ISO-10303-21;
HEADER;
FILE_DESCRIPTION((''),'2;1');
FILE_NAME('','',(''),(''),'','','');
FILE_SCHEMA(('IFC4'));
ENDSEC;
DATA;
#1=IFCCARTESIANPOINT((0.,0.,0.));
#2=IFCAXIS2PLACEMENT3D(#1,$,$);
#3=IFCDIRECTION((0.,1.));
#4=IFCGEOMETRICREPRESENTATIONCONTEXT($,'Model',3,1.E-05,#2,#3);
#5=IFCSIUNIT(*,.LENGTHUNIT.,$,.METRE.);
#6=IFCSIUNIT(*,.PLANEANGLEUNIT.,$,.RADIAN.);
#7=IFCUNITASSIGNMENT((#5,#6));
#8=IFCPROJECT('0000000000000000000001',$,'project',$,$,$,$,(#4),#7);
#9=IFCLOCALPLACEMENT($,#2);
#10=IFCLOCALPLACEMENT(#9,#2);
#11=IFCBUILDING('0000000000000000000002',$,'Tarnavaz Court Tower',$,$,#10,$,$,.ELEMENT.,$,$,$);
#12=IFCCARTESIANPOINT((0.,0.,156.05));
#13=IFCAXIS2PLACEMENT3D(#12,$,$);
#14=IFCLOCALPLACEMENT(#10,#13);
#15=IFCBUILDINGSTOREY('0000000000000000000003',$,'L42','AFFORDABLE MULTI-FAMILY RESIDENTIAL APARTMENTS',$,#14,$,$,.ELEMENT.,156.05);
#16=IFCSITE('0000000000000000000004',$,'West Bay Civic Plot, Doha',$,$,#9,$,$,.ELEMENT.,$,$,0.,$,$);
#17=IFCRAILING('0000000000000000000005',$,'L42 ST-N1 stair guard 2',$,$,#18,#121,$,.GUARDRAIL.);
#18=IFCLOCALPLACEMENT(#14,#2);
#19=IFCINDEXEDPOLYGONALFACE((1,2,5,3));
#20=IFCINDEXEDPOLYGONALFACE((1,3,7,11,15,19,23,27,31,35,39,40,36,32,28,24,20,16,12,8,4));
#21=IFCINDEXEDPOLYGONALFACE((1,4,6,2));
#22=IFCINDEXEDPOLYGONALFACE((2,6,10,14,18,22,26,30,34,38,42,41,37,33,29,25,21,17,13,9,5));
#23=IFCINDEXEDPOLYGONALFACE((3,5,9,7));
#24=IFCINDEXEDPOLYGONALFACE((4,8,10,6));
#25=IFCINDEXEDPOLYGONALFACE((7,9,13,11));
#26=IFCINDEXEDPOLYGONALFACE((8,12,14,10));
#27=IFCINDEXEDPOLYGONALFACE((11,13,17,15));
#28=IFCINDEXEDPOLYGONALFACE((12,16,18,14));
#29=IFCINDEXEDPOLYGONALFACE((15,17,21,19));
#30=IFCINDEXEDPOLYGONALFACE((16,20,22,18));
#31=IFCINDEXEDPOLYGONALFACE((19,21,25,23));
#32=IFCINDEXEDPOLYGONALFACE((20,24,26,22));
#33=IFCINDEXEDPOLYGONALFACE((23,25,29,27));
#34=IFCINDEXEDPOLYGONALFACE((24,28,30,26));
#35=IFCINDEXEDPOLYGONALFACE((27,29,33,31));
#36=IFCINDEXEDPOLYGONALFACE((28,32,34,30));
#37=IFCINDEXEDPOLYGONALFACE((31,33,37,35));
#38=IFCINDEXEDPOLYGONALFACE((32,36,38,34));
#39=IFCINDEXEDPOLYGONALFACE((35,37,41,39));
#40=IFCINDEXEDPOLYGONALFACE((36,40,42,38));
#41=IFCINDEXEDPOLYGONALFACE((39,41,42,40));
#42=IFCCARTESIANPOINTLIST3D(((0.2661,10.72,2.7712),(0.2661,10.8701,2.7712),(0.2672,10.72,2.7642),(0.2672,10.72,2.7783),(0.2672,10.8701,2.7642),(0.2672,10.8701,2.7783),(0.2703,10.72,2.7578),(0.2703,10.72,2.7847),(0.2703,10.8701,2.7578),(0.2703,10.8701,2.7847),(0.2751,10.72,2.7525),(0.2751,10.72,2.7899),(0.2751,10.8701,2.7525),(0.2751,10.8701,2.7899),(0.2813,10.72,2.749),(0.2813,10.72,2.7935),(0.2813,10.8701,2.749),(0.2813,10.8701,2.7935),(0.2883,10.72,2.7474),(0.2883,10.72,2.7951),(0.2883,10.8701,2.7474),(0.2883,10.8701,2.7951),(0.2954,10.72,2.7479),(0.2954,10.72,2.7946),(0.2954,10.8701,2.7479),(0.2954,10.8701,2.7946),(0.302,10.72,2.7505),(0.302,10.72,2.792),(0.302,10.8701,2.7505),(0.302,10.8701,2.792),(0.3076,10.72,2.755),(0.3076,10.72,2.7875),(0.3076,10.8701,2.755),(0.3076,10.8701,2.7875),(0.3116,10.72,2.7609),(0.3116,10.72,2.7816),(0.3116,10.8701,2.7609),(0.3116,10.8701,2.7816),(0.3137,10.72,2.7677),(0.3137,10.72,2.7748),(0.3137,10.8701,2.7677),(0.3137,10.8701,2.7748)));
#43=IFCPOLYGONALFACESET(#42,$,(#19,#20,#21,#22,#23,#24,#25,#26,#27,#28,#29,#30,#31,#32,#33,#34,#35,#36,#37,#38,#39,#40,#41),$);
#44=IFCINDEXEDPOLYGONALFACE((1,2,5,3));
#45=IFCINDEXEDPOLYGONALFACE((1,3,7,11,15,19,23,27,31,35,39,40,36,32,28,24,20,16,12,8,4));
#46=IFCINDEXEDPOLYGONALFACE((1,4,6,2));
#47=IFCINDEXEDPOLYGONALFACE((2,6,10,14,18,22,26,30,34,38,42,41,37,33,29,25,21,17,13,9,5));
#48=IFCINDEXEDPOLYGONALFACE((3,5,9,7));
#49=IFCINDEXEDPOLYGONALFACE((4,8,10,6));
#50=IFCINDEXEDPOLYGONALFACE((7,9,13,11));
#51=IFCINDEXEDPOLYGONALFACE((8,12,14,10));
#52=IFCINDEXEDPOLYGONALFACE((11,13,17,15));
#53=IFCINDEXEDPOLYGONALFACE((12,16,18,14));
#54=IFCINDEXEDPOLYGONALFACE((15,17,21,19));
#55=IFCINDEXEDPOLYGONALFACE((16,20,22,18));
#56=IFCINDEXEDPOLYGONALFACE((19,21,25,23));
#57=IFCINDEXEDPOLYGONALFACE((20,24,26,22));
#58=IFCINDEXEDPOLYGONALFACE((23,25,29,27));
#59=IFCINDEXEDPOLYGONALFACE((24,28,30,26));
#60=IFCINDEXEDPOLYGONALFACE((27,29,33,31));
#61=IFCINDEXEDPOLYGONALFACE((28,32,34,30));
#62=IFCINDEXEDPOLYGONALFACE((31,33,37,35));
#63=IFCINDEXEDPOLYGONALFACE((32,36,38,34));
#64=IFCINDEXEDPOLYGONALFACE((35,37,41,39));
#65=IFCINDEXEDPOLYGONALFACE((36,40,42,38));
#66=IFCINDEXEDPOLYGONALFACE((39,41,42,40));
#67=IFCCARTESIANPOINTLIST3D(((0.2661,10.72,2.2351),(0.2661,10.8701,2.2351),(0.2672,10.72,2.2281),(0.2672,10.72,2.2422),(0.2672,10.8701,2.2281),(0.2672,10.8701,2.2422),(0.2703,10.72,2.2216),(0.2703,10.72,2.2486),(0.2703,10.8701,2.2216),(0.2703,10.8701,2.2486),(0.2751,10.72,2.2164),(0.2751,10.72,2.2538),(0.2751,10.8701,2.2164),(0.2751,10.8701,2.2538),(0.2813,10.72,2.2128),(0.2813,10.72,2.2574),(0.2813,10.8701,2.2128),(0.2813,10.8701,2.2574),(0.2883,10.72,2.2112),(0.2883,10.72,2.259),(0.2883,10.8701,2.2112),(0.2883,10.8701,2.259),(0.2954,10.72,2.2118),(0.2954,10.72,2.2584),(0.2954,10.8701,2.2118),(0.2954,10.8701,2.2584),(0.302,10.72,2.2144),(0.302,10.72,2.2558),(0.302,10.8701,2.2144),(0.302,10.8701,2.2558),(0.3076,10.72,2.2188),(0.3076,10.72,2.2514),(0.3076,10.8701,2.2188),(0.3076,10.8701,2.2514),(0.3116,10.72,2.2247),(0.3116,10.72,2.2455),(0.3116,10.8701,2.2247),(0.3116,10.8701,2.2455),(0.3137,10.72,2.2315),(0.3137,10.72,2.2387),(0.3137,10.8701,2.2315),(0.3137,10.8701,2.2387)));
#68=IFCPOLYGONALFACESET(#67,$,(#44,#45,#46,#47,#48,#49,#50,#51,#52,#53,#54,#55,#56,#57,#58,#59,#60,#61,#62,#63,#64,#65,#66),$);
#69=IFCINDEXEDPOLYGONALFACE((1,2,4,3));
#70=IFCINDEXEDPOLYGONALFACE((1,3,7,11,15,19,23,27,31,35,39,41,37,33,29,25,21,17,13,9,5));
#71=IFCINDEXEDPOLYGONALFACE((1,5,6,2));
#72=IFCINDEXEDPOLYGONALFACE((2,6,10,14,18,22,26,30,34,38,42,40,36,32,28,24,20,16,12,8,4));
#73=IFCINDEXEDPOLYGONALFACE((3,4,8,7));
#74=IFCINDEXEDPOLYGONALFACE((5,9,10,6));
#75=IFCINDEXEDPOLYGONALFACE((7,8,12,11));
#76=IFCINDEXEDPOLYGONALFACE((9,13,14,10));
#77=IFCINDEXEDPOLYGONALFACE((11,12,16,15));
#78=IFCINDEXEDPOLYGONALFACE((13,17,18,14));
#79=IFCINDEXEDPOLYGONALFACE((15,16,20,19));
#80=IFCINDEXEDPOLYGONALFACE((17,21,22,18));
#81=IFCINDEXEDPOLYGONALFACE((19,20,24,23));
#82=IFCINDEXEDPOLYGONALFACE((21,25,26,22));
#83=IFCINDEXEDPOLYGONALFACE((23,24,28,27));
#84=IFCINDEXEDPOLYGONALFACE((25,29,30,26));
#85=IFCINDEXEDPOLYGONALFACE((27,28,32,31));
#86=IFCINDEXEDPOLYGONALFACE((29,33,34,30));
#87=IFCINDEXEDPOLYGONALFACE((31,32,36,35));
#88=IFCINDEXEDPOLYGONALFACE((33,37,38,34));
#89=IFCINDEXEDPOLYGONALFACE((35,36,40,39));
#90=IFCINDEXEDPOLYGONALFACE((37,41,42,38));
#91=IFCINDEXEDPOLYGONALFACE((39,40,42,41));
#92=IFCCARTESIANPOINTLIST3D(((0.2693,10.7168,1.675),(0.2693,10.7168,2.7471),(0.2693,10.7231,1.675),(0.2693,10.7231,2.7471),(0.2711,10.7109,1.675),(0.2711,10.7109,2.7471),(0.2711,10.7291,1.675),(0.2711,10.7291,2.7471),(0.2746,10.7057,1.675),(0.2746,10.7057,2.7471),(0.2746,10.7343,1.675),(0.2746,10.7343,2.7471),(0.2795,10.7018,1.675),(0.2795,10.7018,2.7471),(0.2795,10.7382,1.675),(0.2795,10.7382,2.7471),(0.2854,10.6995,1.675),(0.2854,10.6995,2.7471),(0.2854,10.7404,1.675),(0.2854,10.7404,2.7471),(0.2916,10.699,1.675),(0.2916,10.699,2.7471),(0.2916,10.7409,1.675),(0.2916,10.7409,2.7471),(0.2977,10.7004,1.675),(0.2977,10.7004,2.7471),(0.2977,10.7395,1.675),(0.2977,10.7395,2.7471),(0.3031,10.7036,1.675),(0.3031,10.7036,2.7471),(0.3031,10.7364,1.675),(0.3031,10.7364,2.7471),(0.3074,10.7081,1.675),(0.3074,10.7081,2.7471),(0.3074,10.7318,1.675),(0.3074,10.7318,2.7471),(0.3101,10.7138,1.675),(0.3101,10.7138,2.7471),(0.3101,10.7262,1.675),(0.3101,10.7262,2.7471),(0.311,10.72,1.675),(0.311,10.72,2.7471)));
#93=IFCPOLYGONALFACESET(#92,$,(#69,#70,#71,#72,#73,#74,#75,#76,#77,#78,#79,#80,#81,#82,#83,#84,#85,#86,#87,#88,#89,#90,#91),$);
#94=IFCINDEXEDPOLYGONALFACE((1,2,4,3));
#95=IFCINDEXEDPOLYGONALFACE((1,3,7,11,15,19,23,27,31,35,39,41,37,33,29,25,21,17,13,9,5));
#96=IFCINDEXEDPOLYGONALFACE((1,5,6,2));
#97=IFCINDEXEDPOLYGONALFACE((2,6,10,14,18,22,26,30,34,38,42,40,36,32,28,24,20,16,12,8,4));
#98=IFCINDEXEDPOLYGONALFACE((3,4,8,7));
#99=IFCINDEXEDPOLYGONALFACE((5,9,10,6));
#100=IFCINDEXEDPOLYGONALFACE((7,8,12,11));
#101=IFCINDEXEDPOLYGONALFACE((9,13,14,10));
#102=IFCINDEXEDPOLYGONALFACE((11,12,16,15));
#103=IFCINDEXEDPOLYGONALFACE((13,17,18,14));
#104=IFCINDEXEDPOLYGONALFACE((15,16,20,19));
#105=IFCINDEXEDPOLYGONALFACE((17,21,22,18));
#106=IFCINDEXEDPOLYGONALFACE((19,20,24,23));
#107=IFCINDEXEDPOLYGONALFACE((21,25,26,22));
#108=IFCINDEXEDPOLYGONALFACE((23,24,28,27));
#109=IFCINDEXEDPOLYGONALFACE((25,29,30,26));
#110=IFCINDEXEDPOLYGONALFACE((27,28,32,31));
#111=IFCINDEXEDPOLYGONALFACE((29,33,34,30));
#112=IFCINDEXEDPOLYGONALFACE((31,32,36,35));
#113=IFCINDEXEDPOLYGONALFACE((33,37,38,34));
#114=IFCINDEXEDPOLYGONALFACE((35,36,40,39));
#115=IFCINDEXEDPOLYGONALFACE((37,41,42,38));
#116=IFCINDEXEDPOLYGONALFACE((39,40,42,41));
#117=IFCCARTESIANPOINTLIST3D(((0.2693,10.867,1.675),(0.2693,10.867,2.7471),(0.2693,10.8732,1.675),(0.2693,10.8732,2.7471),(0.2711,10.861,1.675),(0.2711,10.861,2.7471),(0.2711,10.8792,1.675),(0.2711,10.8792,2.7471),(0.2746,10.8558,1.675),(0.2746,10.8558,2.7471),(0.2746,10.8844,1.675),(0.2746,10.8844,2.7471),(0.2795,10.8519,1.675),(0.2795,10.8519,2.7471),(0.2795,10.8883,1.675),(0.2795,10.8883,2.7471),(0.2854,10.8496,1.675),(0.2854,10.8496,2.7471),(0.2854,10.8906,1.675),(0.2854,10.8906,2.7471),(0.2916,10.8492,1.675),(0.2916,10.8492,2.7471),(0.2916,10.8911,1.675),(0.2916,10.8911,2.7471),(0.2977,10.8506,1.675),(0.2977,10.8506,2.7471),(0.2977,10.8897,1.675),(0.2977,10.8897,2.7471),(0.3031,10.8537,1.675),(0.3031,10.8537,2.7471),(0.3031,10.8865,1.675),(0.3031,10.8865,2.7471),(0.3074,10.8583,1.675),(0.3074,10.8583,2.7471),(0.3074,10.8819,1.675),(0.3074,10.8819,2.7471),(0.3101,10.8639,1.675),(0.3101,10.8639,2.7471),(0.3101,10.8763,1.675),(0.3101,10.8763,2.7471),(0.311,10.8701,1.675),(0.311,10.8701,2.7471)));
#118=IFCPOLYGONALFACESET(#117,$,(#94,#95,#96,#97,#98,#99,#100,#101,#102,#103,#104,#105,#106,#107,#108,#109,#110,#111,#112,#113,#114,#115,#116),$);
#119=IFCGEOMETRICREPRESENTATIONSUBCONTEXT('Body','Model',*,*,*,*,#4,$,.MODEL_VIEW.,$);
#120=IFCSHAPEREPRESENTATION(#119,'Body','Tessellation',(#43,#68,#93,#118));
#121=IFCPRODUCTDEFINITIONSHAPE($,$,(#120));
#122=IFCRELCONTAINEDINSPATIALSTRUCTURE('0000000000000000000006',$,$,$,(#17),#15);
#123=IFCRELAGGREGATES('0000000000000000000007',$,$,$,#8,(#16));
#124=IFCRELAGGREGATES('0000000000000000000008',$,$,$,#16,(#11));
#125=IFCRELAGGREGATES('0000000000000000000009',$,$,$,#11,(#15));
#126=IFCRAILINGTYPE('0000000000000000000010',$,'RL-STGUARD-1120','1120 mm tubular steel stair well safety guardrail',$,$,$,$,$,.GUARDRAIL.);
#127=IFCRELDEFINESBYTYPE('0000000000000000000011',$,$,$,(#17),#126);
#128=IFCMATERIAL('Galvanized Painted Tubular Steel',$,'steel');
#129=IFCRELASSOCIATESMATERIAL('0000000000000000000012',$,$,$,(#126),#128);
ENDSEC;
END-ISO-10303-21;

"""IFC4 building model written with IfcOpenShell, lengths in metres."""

from ifc_helpers import new_model, si_unit, direction, frame, origin, origin_2d, place, context, subcontext, project, spatial, circle, extrude, material, type_object, element, save


model = new_model("IFC4")

# Units and contexts
model_context = context("Model", 3, precision=1e-05, world=origin(), true_north=direction((0.0, 1.0)))
body_context = subcontext(model_context, "Body", "Model", "MODEL_VIEW")
ifc_project = project(units=[si_unit("LENGTHUNIT", "METRE"), si_unit("PLANEANGLEUNIT", "RADIAN")], contexts=[model_context])

# Site, building, storey
site_placement = place(None, origin())
site = spatial("IfcSite", under=ifc_project, at=site_placement, Name="West Bay Civic Plot, Doha", CompositionType="ELEMENT", RefElevation=0.0)
building_placement = place(site_placement, origin())
building = spatial("IfcBuilding", under=site, at=building_placement, Name="Tarnavaz Court Tower", CompositionType="ELEMENT")
storey_placement = place(building_placement, frame((0.0, 0.0, 156.05)))
storey = spatial("IfcBuildingStorey", under=building, at=storey_placement, Name="L42", Description="AFFORDABLE MULTI-FAMILY RESIDENTIAL APARTMENTS", CompositionType="ELEMENT", Elevation=156.05)

# Railing
ifc_material_1 = material(Name="Galvanized Painted Tubular Steel", Category="steel")
railing_type_1 = type_object("IfcRailingType", Name="RL-STGUARD-1120", Description="1120 mm tubular steel stair well safety guardrail", PredefinedType="GUARDRAIL", material=ifc_material_1)
railing_1_placement = place(storey_placement, frame((0.29, 10.72, 1.675)))
element("IfcRailing", 1, at=railing_1_placement, inside=storey, type_object=railing_type_1, Name="L42 ST-N1 stair guard 2", PredefinedType="GUARDRAIL", context=body_context, shape_type="SweptSolid", body=[
    extrude(circle(Radius=0.0239, at=origin_2d()), frame((0.0, 0.0, 1.0962), z_axis=(0.0, 1.0, 0.0), x_axis=(-1.0, 0.0, 0.0)), (0.0, 0.0, 1.0), 0.1501),
    extrude(circle(Radius=0.0239, at=origin_2d()), frame((0.0, 0.0, 0.5601), z_axis=(0.0, 1.0, 0.0), x_axis=(-1.0, 0.0, 0.0)), (0.0, 0.0, 1.0), 0.1501),
    extrude(circle(Radius=0.021, at=origin_2d()), origin(), (0.0, 0.0, 1.0), 1.072),
    extrude(circle(Radius=0.021, at=origin_2d()), frame((0.0, 0.1501, 0.0)), (0.0, 0.0, 1.0), 1.072),
])

save(model, "model.ifc")
